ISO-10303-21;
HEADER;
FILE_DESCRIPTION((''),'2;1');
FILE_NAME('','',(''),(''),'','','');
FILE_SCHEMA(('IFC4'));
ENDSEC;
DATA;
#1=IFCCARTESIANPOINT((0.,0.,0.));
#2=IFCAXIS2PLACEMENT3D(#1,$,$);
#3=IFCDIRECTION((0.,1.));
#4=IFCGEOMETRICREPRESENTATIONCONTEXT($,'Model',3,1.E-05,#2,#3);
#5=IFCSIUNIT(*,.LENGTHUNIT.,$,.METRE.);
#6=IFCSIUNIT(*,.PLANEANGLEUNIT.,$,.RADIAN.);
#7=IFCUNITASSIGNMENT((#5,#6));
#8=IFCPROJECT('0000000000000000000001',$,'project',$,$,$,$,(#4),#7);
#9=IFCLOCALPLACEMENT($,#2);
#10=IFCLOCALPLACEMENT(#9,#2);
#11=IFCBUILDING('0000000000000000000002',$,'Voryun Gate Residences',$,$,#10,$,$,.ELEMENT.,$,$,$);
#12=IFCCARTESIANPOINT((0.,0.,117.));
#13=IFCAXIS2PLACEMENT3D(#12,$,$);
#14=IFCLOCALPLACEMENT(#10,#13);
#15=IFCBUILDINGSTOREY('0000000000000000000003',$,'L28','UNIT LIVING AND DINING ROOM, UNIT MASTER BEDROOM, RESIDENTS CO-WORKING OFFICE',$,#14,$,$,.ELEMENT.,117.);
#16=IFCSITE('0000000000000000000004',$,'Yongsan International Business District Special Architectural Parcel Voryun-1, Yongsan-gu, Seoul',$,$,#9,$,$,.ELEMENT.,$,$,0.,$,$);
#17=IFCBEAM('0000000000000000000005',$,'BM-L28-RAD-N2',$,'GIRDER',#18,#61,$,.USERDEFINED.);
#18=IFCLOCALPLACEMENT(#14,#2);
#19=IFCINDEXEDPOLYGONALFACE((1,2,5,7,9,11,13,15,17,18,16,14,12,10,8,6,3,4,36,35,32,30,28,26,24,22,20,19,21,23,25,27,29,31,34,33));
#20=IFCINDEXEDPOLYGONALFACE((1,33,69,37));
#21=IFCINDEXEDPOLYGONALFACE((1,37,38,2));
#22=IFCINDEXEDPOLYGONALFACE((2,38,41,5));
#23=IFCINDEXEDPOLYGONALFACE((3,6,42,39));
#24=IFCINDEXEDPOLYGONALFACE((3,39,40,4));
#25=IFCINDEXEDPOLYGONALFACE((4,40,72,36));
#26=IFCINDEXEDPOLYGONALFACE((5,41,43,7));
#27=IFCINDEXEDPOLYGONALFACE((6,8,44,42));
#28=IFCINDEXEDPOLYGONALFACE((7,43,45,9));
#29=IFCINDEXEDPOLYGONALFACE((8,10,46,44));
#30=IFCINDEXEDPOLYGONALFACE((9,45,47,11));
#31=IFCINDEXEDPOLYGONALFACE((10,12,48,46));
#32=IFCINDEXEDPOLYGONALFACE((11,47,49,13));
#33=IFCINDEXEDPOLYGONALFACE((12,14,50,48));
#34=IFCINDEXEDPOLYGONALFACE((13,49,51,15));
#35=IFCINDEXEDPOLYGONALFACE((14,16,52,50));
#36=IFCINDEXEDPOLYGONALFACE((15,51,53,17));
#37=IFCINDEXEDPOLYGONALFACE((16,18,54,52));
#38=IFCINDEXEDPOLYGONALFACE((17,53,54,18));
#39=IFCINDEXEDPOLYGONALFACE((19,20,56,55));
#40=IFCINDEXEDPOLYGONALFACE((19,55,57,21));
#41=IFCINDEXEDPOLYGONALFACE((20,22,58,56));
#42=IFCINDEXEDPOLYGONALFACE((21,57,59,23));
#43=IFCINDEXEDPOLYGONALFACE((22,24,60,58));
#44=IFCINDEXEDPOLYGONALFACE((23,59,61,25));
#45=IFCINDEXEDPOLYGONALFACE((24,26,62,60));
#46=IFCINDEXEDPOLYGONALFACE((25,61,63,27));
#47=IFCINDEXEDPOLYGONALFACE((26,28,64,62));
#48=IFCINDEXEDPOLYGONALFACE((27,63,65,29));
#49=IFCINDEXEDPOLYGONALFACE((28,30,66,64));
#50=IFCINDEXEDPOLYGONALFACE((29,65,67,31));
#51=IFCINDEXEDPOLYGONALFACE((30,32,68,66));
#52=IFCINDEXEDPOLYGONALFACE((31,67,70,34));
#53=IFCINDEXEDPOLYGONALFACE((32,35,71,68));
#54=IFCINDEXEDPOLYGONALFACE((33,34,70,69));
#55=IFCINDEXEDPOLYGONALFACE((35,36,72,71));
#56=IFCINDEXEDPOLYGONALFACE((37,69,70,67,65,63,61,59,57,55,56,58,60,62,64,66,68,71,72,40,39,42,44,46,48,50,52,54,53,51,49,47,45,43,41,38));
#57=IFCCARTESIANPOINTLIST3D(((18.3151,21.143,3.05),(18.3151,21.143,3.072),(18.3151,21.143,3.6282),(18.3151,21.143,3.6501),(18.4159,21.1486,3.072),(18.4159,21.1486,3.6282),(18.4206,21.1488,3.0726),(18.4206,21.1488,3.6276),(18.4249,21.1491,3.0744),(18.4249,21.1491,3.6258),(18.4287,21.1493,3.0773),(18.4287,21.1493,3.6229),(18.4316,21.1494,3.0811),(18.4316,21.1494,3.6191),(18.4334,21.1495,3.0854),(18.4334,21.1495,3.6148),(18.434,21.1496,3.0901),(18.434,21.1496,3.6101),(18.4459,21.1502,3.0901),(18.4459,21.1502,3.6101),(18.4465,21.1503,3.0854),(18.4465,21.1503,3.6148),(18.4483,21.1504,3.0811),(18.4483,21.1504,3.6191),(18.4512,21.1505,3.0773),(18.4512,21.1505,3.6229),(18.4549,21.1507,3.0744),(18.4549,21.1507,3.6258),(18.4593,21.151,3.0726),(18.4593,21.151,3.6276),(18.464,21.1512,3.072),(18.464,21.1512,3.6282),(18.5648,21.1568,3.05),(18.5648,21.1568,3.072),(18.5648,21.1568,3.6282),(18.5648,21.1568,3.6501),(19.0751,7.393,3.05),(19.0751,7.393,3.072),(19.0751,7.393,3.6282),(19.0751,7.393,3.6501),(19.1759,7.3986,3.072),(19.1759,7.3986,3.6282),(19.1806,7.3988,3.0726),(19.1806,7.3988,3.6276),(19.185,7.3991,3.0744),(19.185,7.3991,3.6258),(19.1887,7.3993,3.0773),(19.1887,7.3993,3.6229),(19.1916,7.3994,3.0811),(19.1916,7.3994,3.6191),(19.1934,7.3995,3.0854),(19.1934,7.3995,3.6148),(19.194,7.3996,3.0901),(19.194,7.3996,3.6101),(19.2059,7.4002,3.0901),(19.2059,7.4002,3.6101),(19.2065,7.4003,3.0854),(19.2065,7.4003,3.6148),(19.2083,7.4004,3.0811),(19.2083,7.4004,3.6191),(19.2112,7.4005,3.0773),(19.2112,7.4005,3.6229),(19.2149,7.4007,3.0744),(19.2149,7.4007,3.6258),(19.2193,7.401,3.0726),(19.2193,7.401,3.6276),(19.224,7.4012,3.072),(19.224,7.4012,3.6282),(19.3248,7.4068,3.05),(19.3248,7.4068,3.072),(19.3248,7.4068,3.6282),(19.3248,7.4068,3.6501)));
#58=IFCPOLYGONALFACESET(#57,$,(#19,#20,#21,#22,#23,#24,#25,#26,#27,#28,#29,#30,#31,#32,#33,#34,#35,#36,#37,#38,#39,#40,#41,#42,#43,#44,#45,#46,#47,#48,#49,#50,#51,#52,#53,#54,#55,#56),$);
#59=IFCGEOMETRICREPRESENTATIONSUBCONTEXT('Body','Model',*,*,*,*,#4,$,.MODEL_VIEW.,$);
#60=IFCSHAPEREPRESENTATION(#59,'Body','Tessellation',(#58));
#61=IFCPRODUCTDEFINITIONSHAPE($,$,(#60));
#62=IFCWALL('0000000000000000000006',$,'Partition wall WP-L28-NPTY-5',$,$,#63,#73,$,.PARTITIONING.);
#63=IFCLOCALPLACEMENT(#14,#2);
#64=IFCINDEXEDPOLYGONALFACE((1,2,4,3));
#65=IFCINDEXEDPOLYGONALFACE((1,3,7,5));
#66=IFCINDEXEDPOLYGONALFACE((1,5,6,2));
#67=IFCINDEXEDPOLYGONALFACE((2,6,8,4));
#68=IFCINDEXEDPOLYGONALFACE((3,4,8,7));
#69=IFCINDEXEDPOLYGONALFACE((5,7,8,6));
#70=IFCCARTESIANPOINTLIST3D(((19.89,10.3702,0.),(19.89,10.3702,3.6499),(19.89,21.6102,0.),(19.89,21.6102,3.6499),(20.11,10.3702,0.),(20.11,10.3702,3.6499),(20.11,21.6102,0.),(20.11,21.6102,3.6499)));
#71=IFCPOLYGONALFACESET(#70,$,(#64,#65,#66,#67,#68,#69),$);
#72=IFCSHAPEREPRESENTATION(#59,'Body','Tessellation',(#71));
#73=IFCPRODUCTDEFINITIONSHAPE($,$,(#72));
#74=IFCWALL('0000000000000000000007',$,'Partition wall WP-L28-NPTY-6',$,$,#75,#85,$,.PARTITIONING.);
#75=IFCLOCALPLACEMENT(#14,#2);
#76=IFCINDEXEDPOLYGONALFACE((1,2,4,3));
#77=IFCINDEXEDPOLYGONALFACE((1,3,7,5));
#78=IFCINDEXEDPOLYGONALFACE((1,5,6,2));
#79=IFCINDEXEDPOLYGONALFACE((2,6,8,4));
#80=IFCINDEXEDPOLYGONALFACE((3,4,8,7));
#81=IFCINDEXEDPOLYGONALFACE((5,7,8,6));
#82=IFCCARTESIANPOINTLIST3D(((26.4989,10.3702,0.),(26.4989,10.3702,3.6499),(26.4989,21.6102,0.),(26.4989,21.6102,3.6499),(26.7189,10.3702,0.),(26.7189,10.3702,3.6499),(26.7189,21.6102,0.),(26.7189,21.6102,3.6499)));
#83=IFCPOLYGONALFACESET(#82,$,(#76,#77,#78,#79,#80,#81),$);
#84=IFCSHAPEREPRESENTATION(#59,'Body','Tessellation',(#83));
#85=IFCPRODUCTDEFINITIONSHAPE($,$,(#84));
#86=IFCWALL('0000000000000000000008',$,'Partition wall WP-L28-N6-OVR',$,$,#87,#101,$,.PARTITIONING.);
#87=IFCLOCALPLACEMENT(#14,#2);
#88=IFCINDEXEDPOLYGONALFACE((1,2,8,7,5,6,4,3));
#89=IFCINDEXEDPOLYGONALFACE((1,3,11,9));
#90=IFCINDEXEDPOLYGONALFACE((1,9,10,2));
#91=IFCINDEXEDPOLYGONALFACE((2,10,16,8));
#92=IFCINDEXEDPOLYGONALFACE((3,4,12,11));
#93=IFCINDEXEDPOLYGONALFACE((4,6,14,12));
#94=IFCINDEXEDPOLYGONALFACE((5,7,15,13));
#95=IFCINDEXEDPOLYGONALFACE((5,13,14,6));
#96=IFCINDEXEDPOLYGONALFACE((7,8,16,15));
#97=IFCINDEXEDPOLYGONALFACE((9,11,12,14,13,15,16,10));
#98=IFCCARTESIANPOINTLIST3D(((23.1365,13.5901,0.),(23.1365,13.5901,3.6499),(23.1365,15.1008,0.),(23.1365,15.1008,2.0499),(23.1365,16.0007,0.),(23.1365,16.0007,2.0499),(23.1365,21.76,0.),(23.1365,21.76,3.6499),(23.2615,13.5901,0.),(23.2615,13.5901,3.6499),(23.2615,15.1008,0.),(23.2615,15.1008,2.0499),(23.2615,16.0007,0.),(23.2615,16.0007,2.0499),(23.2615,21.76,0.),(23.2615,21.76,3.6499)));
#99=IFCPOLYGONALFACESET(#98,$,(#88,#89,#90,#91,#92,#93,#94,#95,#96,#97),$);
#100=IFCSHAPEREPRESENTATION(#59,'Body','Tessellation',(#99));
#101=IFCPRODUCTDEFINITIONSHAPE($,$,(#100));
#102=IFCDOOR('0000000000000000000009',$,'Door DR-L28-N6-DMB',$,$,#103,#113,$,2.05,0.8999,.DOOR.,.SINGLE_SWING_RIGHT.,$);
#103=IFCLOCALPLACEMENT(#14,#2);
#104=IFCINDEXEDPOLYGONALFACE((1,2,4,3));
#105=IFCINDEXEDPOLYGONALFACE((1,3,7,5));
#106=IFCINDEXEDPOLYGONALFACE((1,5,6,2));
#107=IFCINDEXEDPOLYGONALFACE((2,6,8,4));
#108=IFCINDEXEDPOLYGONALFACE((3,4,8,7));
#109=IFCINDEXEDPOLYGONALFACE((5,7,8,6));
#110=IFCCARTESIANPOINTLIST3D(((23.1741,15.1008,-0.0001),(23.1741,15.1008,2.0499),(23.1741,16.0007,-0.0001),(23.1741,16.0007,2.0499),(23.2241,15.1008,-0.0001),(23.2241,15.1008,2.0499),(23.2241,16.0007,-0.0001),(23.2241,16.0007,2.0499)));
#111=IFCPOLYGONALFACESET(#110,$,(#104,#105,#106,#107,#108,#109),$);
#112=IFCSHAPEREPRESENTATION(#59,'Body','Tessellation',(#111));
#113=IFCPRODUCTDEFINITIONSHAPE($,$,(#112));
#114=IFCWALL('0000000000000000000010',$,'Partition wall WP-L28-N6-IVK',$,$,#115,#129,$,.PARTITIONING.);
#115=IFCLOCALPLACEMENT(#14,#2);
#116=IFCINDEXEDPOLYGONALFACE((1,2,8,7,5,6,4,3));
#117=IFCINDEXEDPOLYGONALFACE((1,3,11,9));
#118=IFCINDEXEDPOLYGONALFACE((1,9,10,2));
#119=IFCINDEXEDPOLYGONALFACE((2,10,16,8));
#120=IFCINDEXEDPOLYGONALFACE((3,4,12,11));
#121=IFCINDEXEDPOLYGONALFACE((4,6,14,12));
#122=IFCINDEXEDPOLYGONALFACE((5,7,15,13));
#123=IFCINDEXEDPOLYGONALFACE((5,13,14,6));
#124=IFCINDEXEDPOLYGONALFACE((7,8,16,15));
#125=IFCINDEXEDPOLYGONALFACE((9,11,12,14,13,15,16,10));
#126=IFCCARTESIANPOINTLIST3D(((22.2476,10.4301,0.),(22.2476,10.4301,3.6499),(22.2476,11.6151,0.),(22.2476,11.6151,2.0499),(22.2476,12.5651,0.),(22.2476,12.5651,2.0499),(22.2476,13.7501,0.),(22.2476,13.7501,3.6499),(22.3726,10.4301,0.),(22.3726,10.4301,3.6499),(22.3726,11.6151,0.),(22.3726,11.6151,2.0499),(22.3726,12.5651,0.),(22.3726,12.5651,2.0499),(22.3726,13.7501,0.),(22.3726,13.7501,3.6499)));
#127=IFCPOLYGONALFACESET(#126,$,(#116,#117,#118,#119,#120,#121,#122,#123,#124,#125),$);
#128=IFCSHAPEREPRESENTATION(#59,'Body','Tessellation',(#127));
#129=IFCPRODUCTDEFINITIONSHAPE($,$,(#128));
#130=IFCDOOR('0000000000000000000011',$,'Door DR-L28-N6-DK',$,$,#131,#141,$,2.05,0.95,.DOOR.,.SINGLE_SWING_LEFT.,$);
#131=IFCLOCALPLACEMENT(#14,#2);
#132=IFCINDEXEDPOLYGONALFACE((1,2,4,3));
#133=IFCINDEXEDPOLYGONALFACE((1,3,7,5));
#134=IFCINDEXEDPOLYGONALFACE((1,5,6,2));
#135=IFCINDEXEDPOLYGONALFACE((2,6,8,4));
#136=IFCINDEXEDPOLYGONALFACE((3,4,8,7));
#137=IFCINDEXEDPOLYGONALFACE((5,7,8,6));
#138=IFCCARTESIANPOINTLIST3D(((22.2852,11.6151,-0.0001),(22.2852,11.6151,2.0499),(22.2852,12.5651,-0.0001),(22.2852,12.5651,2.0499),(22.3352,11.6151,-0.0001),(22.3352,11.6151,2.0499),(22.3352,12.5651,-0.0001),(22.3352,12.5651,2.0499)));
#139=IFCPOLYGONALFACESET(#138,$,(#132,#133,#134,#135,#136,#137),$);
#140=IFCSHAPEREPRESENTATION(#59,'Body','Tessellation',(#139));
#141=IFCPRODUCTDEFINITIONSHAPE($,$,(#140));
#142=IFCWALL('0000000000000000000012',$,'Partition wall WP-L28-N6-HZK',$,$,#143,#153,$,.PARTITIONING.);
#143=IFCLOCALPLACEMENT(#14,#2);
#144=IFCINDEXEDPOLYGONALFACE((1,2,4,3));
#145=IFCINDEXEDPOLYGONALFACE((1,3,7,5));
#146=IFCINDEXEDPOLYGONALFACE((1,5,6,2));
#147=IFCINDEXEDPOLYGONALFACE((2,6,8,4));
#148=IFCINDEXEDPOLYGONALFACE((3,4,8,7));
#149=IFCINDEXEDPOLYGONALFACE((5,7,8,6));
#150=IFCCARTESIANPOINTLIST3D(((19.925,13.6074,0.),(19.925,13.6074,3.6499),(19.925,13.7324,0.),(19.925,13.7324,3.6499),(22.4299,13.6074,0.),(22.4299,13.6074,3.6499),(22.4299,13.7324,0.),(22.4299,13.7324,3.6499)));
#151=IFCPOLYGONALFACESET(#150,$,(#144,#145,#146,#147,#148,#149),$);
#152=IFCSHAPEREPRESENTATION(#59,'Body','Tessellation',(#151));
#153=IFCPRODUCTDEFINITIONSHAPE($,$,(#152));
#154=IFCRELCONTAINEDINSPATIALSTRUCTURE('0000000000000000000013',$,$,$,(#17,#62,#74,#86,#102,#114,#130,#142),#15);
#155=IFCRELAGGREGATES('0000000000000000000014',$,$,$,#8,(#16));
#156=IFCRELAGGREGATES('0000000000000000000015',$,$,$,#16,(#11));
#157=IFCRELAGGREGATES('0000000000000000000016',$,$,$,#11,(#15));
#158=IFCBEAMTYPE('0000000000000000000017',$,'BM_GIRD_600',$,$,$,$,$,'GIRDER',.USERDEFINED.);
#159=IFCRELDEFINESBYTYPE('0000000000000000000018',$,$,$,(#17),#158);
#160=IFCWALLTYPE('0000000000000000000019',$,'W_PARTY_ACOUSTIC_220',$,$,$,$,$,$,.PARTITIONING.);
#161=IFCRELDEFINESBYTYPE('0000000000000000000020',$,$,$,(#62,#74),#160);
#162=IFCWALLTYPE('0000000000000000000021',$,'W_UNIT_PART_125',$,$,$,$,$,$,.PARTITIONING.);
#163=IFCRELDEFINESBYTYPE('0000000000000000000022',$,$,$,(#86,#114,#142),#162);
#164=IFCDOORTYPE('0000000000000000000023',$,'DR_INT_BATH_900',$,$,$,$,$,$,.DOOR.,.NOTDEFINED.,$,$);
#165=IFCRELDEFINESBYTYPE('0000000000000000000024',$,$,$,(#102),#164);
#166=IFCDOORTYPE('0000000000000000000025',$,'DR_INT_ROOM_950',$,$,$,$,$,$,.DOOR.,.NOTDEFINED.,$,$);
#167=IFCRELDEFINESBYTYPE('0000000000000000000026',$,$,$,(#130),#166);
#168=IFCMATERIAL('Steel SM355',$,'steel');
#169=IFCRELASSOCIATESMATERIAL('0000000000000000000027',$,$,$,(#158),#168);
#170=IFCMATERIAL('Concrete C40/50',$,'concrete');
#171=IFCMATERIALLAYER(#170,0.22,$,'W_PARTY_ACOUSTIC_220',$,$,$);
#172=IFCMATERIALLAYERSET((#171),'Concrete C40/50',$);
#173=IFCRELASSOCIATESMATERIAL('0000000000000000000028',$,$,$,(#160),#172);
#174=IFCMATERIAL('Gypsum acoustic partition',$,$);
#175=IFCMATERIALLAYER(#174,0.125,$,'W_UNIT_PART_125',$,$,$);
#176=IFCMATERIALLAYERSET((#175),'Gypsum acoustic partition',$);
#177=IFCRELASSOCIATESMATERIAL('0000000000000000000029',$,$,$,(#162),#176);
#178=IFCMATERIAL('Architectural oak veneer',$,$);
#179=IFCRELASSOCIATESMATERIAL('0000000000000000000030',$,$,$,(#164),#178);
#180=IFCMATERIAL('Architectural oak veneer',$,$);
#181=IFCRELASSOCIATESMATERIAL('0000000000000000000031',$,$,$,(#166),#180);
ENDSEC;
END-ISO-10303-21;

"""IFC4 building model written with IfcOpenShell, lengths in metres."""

from ifc_helpers import new_model, si_unit, direction, frame, frame_2d, origin, origin_2d, place, context, subcontext, project, spatial, rectangle, i_section, extrude, material, layer, layer_set, material_profile, profile_set, type_object, element, fill, save


model = new_model("IFC4")

# Units and contexts
model_context = context("Model", 3, precision=1e-05, world=origin(), true_north=direction((0.0, 1.0)))
body_context = subcontext(model_context, "Body", "Model", "MODEL_VIEW")
ifc_project = project(units=[si_unit("LENGTHUNIT", "METRE"), si_unit("PLANEANGLEUNIT", "RADIAN")], contexts=[model_context])

# Site, building, storey
site_placement = place(None, origin())
site = spatial("IfcSite", under=ifc_project, at=site_placement, Name="Yongsan International Business District Special Architectural Parcel Voryun-1, Yongsan-gu, Seoul", CompositionType="ELEMENT", RefElevation=0.0)
building_placement = place(site_placement, origin())
building = spatial("IfcBuilding", under=site, at=building_placement, Name="Voryun Gate Residences", CompositionType="ELEMENT")
storey_placement = place(building_placement, frame((0.0, 0.0, 117.0)))
storey = spatial("IfcBuildingStorey", under=building, at=storey_placement, Name="L28", Description="UNIT LIVING AND DINING ROOM, UNIT MASTER BEDROOM, RESIDENTS CO-WORKING OFFICE", CompositionType="ELEMENT", Elevation=117.0)

# Beam
ifc_material_1 = material(Name="Steel SM355", Category="steel")
ifc_material_profile_1 = material_profile(ifc_material_1, i_section(OverallWidth=0.25, OverallDepth=0.6001, WebThickness=0.012, FlangeThickness=0.022, FilletRadius=0.0181, at=origin_2d()), Name="H-600x250x12x22")
ifc_profile_set_1 = profile_set([ifc_material_profile_1], Name="Steel SM355")
beam_type_1 = type_object("IfcBeamType", Name="BM_GIRD_600", ElementType="GIRDER", PredefinedType="USERDEFINED", material=ifc_profile_set_1)
beam_1_placement = place(storey_placement, frame((19.2, 7.3999, 3.3501), z_axis=(-0.055189, 0.998476, 0.0), x_axis=(-0.998476, -0.055189, 0.0)))
element("IfcBeam", 1, at=beam_1_placement, inside=storey, type_object=beam_type_1, Name="BM-L28-RAD-N2", ObjectType="GIRDER", PredefinedType="USERDEFINED", context=body_context, shape_type="SweptSolid", body=[
    extrude(i_section(OverallWidth=0.25, OverallDepth=0.6001, WebThickness=0.012, FlangeThickness=0.022, FilletRadius=0.0181, at=origin_2d()), origin(), (0.0, 0.0, 1.0), 13.771),
])

# Walls
ifc_material_2 = material(Name="Concrete C40/50", Category="concrete")
ifc_layer_1 = layer(ifc_material_2, 0.22, Name="W_PARTY_ACOUSTIC_220")
ifc_layer_set_1 = layer_set([ifc_layer_1], Name="Concrete C40/50")
wall_type_1 = type_object("IfcWallType", Name="W_PARTY_ACOUSTIC_220", PredefinedType="PARTITIONING", material=ifc_layer_set_1)
for number, where, z_axis, x_axis, name in (
    (2, (20.0, 10.3701, 0.0), (0.0, 0.0, 1.0), (0.0, 1.0, 0.0), "Partition wall WP-L28-NPTY-5"),
    (3, (26.6089, 10.3701, 0.0), (0.0, 0.0, 1.0), (0.0, 1.0, 0.0), "Partition wall WP-L28-NPTY-6"),
):
    element("IfcWall", number, at=place(storey_placement, frame(where, z_axis=z_axis, x_axis=x_axis)), inside=storey, type_object=wall_type_1, Name=name, PredefinedType="PARTITIONING", context=body_context, shape_type="SweptSolid", body=[
        extrude(rectangle(XDim=11.24, YDim=0.22, at=frame_2d((5.6201, 0.0))), origin(), (0.0, 0.0, 1.0), 3.6499),
    ])

# Walls, openings, doors
ifc_material_3 = material(Name="Gypsum acoustic partition")
ifc_layer_2 = layer(ifc_material_3, 0.125, Name="W_UNIT_PART_125")
ifc_layer_set_2 = layer_set([ifc_layer_2], Name="Gypsum acoustic partition")
wall_type_2 = type_object("IfcWallType", Name="W_UNIT_PART_125", PredefinedType="PARTITIONING", material=ifc_layer_set_2)
wall_1_placement = place(storey_placement, frame((23.199, 13.5901, 0.0), z_axis=(0.0, 0.0, 1.0), x_axis=(0.0, 1.0, 0.0)))
wall_1 = element("IfcWall", 4, at=wall_1_placement, inside=storey, type_object=wall_type_2, Name="Partition wall WP-L28-N6-OVR", PredefinedType="PARTITIONING", context=body_context, shape_type="SweptSolid", body=[
    extrude(rectangle(XDim=8.1699, YDim=0.125, at=frame_2d((4.085, 0.0))), origin(), (0.0, 0.0, 1.0), 3.6499),
])
opening_1_placement = place(wall_1_placement, frame((1.5107, 0.0, 0.0)))
opening_1 = element("IfcOpeningElement", 5, at=opening_1_placement, cuts=wall_1, PredefinedType="OPENING", context=body_context, shape_type="SweptSolid", body=[
    extrude(rectangle(XDim=0.8999, YDim=2.05, at=frame_2d((0.45, 1.0249))), frame((0.0, 0.0725, 0.0), z_axis=(0.0, -1.0, 0.0), x_axis=(1.0, 0.0, 0.0)), (0.0, 0.0, 1.0), 0.145),
])
ifc_material_4 = material(Name="Architectural oak veneer")
door_type_1 = type_object("IfcDoorType", Name="DR_INT_BATH_900", OperationType="NOTDEFINED", PredefinedType="DOOR", material=ifc_material_4)
door_1_placement = place(opening_1_placement, origin())
door_1 = element("IfcDoor", 6, at=door_1_placement, inside=storey, type_object=door_type_1, Name="Door DR-L28-N6-DMB", OperationType="SINGLE_SWING_RIGHT", OverallHeight=2.05, OverallWidth=0.8999, PredefinedType="DOOR", context=body_context, shape_type="SweptSolid", body=[
    extrude(rectangle(XDim=0.8999, YDim=2.05, at=frame_2d((0.45, 1.0249))), frame((0.0, 0.0249, 0.0), z_axis=(0.0, -1.0, 0.0), x_axis=(1.0, 0.0, 0.0)), (0.0, 0.0, 1.0), 0.05),
])
fill(opening_1, door_1)
wall_2_placement = place(storey_placement, frame((22.3101, 10.4299, 0.0), z_axis=(0.0, 0.0, 1.0), x_axis=(0.0, 1.0, 0.0)))
wall_2 = element("IfcWall", 7, at=wall_2_placement, inside=storey, type_object=wall_type_2, Name="Partition wall WP-L28-N6-IVK", PredefinedType="PARTITIONING", context=body_context, shape_type="SweptSolid", body=[
    extrude(rectangle(XDim=3.3201, YDim=0.125, at=frame_2d((1.6602, 0.0))), origin(), (0.0, 0.0, 1.0), 3.6499),
])
opening_2_placement = place(wall_2_placement, frame((1.1851, 0.0, 0.0)))
opening_2 = element("IfcOpeningElement", 8, at=opening_2_placement, cuts=wall_2, PredefinedType="OPENING", context=body_context, shape_type="SweptSolid", body=[
    extrude(rectangle(XDim=0.95, YDim=2.05, at=frame_2d((0.4751, 1.0249))), frame((0.0, 0.0725, 0.0), z_axis=(0.0, -1.0, 0.0), x_axis=(1.0, 0.0, 0.0)), (0.0, 0.0, 1.0), 0.145),
])
ifc_material_5 = material(Name="Architectural oak veneer")
door_type_2 = type_object("IfcDoorType", Name="DR_INT_ROOM_950", OperationType="NOTDEFINED", PredefinedType="DOOR", material=ifc_material_5)
door_2_placement = place(opening_2_placement, origin())
door_2 = element("IfcDoor", 9, at=door_2_placement, inside=storey, type_object=door_type_2, Name="Door DR-L28-N6-DK", OperationType="SINGLE_SWING_LEFT", OverallHeight=2.05, OverallWidth=0.95, PredefinedType="DOOR", context=body_context, shape_type="SweptSolid", body=[
    extrude(rectangle(XDim=0.95, YDim=2.05, at=frame_2d((0.4751, 1.0249))), frame((0.0, 0.0249, 0.0), z_axis=(0.0, -1.0, 0.0), x_axis=(1.0, 0.0, 0.0)), (0.0, 0.0, 1.0), 0.05),
])
fill(opening_2, door_2)

# Wall
wall_3_placement = place(storey_placement, frame((19.925, 13.6699, 0.0), z_axis=(0.0, 0.0, 1.0), x_axis=(1.0, 0.0, 0.0)))
element("IfcWall", 10, at=wall_3_placement, inside=storey, type_object=wall_type_2, Name="Partition wall WP-L28-N6-HZK", PredefinedType="PARTITIONING", context=body_context, shape_type="SweptSolid", body=[
    extrude(rectangle(XDim=2.5049, YDim=0.125, at=frame_2d((1.2524, 0.0))), origin(), (0.0, 0.0, 1.0), 3.6499),
])

save(model, "model.ifc")
